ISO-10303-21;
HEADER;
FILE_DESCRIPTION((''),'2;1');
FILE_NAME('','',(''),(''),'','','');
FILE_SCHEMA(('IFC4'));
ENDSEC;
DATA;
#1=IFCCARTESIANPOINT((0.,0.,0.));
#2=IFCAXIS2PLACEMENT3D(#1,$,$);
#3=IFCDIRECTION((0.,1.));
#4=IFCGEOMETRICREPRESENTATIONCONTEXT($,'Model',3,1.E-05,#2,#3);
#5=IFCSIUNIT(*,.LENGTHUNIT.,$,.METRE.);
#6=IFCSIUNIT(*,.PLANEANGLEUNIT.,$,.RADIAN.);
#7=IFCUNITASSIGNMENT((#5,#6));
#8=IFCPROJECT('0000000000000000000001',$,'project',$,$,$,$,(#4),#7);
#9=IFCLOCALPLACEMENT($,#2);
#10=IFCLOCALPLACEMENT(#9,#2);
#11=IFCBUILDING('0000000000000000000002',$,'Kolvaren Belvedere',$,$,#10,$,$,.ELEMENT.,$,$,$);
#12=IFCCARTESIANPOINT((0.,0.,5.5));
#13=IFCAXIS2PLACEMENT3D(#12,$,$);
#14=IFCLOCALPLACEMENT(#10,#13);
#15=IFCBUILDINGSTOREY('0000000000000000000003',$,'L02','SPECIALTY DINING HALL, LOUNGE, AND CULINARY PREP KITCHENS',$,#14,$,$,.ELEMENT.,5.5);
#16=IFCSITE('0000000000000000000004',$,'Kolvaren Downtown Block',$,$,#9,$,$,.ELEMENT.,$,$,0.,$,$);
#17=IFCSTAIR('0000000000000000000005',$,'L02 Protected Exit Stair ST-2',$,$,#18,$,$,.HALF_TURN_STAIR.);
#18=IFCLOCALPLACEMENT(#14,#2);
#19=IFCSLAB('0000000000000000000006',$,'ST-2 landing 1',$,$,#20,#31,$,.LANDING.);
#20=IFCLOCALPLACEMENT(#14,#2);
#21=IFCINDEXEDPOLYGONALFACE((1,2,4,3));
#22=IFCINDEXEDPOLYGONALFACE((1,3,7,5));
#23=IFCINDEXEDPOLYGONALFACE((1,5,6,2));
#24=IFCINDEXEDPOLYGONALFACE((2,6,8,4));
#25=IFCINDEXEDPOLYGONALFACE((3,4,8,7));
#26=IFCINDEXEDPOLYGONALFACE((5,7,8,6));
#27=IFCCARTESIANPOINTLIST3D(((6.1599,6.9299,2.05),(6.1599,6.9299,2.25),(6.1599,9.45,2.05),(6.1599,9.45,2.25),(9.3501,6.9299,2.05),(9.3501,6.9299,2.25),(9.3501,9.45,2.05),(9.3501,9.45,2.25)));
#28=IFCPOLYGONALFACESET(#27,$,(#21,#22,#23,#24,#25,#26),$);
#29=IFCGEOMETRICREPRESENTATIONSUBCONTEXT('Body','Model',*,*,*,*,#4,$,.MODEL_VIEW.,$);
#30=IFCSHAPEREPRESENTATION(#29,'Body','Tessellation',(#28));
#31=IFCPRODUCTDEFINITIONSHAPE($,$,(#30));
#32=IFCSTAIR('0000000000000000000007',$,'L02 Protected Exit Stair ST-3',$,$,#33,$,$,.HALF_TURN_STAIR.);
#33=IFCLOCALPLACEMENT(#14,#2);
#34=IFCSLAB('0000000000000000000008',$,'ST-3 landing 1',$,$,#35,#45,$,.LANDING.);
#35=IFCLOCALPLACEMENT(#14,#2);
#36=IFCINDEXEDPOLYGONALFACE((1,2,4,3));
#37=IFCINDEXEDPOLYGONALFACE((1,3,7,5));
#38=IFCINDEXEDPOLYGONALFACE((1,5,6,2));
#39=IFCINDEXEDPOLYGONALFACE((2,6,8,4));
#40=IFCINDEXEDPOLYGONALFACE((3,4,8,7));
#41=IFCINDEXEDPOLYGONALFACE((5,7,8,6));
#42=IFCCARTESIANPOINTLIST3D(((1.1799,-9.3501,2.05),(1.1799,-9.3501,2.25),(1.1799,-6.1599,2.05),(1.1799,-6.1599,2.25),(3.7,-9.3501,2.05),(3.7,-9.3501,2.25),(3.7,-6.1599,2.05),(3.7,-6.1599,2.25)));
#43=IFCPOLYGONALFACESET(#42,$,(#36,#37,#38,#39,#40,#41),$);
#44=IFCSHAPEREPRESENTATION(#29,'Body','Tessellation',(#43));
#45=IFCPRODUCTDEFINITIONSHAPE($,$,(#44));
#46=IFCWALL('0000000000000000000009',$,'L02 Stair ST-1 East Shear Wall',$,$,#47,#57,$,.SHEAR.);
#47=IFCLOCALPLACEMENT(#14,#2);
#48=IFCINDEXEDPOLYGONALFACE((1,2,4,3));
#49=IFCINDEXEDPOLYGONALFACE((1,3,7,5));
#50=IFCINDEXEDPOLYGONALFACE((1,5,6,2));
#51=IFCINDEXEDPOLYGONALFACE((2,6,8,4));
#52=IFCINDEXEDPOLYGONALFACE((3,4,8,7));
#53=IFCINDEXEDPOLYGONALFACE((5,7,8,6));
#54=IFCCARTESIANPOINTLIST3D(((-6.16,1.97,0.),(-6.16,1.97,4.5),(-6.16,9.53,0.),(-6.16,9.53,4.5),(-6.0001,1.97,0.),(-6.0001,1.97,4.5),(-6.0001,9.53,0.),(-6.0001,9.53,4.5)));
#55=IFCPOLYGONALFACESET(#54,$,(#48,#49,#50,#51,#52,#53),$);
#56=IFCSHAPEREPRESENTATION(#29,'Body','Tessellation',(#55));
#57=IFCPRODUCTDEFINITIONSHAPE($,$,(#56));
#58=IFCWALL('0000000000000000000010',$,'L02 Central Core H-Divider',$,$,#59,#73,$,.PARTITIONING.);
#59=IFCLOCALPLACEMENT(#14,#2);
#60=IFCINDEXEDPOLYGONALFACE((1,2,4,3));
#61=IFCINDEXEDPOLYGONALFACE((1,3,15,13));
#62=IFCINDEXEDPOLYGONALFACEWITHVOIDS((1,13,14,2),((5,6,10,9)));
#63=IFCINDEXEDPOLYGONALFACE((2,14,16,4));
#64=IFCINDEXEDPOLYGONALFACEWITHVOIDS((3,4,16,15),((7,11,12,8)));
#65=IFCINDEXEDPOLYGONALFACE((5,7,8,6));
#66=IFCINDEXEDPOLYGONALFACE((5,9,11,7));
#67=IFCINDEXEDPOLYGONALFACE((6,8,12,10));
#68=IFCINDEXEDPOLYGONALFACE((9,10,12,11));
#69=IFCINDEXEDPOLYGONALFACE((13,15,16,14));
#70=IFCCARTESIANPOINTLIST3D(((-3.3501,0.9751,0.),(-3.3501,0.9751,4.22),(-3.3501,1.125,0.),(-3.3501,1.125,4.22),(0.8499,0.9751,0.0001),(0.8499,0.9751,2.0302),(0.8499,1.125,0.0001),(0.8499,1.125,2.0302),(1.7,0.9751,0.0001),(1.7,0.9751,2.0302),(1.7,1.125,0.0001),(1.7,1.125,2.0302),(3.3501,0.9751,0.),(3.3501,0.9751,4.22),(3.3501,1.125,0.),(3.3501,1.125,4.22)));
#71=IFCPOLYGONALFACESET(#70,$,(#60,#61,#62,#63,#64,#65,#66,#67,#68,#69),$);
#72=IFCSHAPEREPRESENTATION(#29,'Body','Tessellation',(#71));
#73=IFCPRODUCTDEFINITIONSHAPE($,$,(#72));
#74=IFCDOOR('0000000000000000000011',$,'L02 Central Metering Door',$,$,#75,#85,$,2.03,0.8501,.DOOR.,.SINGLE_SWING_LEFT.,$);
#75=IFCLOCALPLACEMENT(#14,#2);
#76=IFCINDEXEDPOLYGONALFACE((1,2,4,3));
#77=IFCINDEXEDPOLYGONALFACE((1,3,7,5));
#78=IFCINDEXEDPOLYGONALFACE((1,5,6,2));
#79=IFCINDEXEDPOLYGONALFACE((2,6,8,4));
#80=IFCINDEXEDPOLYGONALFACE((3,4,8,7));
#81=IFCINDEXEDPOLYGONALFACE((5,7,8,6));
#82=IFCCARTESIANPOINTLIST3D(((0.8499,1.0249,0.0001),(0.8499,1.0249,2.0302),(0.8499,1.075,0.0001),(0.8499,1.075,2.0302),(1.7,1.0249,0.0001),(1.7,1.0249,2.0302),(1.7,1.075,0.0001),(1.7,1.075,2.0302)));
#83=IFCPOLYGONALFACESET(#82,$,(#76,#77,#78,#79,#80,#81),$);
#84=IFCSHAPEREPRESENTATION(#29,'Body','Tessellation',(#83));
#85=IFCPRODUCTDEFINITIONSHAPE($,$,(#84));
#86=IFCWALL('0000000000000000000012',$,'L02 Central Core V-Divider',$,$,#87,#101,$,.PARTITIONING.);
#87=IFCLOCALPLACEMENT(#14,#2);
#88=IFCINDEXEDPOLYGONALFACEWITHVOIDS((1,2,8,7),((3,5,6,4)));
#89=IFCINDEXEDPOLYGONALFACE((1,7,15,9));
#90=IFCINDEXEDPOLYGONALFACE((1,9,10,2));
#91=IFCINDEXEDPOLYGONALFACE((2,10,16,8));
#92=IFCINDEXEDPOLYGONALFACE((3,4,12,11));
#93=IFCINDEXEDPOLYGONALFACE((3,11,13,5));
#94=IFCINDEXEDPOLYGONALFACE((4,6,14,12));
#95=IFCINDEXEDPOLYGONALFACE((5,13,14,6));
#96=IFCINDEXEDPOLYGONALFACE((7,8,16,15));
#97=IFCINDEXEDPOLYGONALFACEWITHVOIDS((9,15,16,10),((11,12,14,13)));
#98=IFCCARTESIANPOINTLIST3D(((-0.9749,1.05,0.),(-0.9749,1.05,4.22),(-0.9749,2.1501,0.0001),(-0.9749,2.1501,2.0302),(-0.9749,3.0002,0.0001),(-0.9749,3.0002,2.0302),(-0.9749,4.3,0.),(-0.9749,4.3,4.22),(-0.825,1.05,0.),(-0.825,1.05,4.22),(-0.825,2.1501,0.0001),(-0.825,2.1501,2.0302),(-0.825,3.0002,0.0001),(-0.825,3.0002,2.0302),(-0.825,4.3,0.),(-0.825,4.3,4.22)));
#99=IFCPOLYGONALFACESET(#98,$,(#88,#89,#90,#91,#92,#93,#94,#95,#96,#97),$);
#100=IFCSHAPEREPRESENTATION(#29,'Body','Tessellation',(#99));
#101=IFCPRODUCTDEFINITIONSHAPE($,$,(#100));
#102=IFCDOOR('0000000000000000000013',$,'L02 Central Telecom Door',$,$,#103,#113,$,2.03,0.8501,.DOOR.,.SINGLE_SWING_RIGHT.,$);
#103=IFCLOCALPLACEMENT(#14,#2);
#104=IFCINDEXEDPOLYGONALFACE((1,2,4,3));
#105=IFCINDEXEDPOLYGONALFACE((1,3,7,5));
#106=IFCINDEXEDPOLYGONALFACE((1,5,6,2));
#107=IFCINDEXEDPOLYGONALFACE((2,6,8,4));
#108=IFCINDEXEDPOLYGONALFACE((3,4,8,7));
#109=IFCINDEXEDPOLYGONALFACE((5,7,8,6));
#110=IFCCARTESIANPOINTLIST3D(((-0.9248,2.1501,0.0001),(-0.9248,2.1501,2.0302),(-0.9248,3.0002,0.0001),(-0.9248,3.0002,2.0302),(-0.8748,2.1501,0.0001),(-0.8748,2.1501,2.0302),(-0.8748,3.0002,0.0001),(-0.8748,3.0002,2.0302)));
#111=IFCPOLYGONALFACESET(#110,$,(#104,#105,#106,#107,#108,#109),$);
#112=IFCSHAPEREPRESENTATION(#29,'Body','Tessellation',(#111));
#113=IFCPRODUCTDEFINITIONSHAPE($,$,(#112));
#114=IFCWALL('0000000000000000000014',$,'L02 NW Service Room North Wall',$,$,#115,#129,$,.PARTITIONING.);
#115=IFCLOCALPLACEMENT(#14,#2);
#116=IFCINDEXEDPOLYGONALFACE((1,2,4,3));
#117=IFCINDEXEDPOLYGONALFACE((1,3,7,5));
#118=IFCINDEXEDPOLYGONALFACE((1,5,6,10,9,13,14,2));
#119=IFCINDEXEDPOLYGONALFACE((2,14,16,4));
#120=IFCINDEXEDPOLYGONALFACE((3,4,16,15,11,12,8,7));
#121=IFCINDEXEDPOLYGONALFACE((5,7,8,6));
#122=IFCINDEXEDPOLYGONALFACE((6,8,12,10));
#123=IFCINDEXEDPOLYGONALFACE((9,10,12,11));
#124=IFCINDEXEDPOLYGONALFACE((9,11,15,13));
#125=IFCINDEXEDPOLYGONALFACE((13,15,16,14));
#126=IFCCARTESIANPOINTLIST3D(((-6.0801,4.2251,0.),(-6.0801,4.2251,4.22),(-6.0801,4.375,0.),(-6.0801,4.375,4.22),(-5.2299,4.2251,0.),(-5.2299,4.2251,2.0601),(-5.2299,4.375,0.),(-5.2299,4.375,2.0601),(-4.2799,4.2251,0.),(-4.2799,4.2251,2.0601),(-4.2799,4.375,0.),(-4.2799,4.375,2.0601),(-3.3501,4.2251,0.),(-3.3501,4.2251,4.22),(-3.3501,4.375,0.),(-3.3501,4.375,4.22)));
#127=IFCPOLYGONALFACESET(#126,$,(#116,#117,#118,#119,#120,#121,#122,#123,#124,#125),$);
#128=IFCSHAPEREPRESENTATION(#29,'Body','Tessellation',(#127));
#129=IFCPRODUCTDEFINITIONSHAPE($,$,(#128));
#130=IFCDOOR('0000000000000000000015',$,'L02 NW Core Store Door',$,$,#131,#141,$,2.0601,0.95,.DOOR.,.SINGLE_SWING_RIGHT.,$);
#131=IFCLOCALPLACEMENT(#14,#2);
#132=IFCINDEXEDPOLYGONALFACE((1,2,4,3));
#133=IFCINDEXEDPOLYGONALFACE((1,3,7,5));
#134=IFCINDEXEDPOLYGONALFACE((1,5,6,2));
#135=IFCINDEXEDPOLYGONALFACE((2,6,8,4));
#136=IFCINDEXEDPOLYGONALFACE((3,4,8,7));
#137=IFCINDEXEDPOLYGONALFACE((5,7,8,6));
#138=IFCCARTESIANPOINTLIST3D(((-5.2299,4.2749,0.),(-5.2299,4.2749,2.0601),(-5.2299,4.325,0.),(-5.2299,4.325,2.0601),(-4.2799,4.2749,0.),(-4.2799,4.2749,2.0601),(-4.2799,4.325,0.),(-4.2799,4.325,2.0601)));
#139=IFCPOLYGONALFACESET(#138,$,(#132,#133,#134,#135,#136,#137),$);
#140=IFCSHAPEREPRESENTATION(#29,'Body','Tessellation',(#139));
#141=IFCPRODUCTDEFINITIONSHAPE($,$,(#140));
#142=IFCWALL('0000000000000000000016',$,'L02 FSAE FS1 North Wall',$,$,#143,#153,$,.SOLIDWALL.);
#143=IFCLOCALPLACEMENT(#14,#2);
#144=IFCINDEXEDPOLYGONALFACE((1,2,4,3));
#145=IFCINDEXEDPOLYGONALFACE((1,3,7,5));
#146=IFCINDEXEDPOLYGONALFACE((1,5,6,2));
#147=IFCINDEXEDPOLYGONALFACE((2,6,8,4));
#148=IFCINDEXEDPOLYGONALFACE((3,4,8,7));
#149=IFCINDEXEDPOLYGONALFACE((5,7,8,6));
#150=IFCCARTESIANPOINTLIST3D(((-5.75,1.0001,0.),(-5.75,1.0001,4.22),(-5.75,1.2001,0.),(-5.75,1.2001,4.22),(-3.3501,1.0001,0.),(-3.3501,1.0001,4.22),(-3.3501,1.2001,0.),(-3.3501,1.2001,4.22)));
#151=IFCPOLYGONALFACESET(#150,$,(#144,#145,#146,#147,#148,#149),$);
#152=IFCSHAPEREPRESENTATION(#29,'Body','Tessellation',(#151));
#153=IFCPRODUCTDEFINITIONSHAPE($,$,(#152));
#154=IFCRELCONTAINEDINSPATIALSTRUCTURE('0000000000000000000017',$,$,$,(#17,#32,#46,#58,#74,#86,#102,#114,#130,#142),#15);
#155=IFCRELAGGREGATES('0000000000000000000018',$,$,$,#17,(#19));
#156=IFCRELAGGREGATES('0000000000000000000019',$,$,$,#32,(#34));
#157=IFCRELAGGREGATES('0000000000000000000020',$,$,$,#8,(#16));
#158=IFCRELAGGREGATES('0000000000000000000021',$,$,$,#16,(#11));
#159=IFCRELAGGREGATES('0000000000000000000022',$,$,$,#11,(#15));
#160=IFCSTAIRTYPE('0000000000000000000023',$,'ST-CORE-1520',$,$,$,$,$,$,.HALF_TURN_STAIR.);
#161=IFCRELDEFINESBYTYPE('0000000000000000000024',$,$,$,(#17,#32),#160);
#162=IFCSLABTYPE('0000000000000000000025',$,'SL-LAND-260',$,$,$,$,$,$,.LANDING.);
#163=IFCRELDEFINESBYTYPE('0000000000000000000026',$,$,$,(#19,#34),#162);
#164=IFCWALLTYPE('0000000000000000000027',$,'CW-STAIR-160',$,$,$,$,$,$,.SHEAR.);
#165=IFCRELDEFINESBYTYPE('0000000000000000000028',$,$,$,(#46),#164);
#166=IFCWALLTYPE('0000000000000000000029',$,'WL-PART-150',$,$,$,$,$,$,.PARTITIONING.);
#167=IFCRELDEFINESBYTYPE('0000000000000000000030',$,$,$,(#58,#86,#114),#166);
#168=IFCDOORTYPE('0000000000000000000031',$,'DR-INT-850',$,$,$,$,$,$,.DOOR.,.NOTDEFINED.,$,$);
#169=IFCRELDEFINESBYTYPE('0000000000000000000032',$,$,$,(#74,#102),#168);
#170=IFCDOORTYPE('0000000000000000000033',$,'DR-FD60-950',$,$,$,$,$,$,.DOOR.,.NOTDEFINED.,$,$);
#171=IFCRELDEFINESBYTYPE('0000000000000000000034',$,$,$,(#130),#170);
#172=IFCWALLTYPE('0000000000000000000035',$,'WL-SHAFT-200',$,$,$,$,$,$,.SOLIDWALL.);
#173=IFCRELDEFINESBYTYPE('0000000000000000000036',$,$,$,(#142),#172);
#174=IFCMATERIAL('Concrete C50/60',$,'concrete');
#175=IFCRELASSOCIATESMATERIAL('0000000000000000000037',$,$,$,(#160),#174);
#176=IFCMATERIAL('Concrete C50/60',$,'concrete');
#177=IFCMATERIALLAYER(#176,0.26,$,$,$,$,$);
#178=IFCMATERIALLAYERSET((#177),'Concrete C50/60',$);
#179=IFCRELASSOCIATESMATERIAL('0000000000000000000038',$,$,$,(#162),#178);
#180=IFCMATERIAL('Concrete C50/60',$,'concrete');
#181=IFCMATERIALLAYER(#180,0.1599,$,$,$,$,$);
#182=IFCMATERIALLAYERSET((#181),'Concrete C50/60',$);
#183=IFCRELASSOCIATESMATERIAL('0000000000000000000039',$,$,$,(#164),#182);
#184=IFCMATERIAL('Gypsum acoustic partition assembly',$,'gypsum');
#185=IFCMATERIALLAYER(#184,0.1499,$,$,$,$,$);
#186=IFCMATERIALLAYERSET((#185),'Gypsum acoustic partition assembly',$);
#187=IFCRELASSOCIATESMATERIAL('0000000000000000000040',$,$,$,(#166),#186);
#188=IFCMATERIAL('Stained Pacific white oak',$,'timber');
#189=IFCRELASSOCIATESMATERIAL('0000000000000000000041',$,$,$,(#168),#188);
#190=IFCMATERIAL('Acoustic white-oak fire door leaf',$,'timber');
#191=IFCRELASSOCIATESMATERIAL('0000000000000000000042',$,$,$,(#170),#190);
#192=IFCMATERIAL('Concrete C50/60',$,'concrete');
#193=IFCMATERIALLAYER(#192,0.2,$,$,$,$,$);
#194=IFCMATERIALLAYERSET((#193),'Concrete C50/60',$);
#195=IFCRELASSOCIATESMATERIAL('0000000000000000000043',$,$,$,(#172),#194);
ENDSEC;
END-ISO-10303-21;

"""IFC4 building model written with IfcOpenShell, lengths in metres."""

from ifc_helpers import new_model, si_unit, direction, frame, frame_2d, origin, place, context, subcontext, project, spatial, polyline, rectangle, outline, extrude, material, layer, layer_set, type_object, element, fill, aggregate, save


model = new_model("IFC4")

# Units and contexts
model_context = context("Model", 3, precision=1e-05, world=origin(), true_north=direction((0.0, 1.0)))
body_context = subcontext(model_context, "Body", "Model", "MODEL_VIEW")
ifc_project = project(units=[si_unit("LENGTHUNIT", "METRE"), si_unit("PLANEANGLEUNIT", "RADIAN")], contexts=[model_context])

# Site, building, storey
site_placement = place(None, origin())
site = spatial("IfcSite", under=ifc_project, at=site_placement, Name="Kolvaren Downtown Block", CompositionType="ELEMENT", RefElevation=0.0)
building_placement = place(site_placement, origin())
building = spatial("IfcBuilding", under=site, at=building_placement, Name="Kolvaren Belvedere", CompositionType="ELEMENT")
storey_placement = place(building_placement, frame((0.0, 0.0, 5.5)))
storey = spatial("IfcBuildingStorey", under=building, at=storey_placement, Name="L02", Description="SPECIALTY DINING HALL, LOUNGE, AND CULINARY PREP KITCHENS", CompositionType="ELEMENT", Elevation=5.5)

# Stairs, slabs
ifc_material_1 = material(Name="Concrete C50/60", Category="concrete")
stair_type = type_object("IfcStairType", Name="ST-CORE-1520", PredefinedType="HALF_TURN_STAIR", material=ifc_material_1)
stair_1_placement = place(storey_placement, origin())
stair_1 = element("IfcStair", 1, at=stair_1_placement, inside=storey, type_object=stair_type, Name="L02 Protected Exit Stair ST-2", PredefinedType="HALF_TURN_STAIR")
ifc_material_2 = material(Name="Concrete C50/60", Category="concrete")
ifc_layer_1 = layer(ifc_material_2, 0.26)
ifc_layer_set_1 = layer_set([ifc_layer_1], Name="Concrete C50/60")
slab_type = type_object("IfcSlabType", Name="SL-LAND-260", PredefinedType="LANDING", material=ifc_layer_set_1)
slab_1_placement = place(storey_placement, frame((0.0, 0.0, 2.05)))
slab_1 = element("IfcSlab", 2, at=slab_1_placement, type_object=slab_type, Name="ST-2 landing 1", PredefinedType="LANDING", context=body_context, shape_type="SweptSolid", body=[
    extrude(outline(polyline([(9.3501, 6.9299), (9.3501, 9.45), (6.1599, 9.45), (6.1599, 6.9299), (9.3501, 6.9299)])), origin(), (0.0, 0.0, 1.0), 0.2),
])
aggregate(stair_1, [slab_1])
stair_2_placement = place(storey_placement, origin())
stair_2 = element("IfcStair", 3, at=stair_2_placement, inside=storey, type_object=stair_type, Name="L02 Protected Exit Stair ST-3", PredefinedType="HALF_TURN_STAIR")
slab_2_placement = place(storey_placement, frame((0.0, 0.0, 2.05)))
slab_2 = element("IfcSlab", 4, at=slab_2_placement, type_object=slab_type, Name="ST-3 landing 1", PredefinedType="LANDING", context=body_context, shape_type="SweptSolid", body=[
    extrude(outline(polyline([(1.1799, -9.3501), (3.7, -9.3501), (3.7, -6.1599), (1.1799, -6.1599), (1.1799, -9.3501)])), origin(), (0.0, 0.0, 1.0), 0.2),
])
aggregate(stair_2, [slab_2])

# Wall
ifc_material_3 = material(Name="Concrete C50/60", Category="concrete")
ifc_layer_2 = layer(ifc_material_3, 0.1599)
ifc_layer_set_2 = layer_set([ifc_layer_2], Name="Concrete C50/60")
wall_type_1 = type_object("IfcWallType", Name="CW-STAIR-160", PredefinedType="SHEAR", material=ifc_layer_set_2)
wall_1_placement = place(storey_placement, frame((-6.0801, 1.97, 0.0), z_axis=(0.0, 0.0, 1.0), x_axis=(0.0, 1.0, 0.0)))
element("IfcWall", 5, at=wall_1_placement, inside=storey, type_object=wall_type_1, Name="L02 Stair ST-1 East Shear Wall", PredefinedType="SHEAR", context=body_context, shape_type="SweptSolid", body=[
    extrude(rectangle(XDim=7.5601, YDim=0.1599, at=frame_2d((3.78, 0.0))), origin(), (0.0, 0.0, 1.0), 4.5),
])

# Walls, openings, doors
ifc_material_4 = material(Name="Gypsum acoustic partition assembly", Category="gypsum")
ifc_layer_3 = layer(ifc_material_4, 0.1499)
ifc_layer_set_3 = layer_set([ifc_layer_3], Name="Gypsum acoustic partition assembly")
wall_type_2 = type_object("IfcWallType", Name="WL-PART-150", PredefinedType="PARTITIONING", material=ifc_layer_set_3)
wall_2_placement = place(storey_placement, frame((-3.3501, 1.05, 0.0), z_axis=(0.0, 0.0, 1.0), x_axis=(1.0, 0.0, 0.0)))
wall_2 = element("IfcWall", 6, at=wall_2_placement, inside=storey, type_object=wall_type_2, Name="L02 Central Core H-Divider", PredefinedType="PARTITIONING", context=body_context, shape_type="SweptSolid", body=[
    extrude(rectangle(XDim=6.7002, YDim=0.1499, at=frame_2d((3.3501, 0.0))), origin(), (0.0, 0.0, 1.0), 4.22),
])
opening_1_placement = place(wall_2_placement, frame((4.2, 0.0, 0.0)))
opening_1 = element("IfcOpeningElement", 7, at=opening_1_placement, cuts=wall_2, PredefinedType="OPENING", context=body_context, shape_type="SweptSolid", body=[
    extrude(rectangle(XDim=0.8501, YDim=2.03, at=frame_2d((0.425, 1.0151))), frame((0.0, 0.085, 0.0), z_axis=(0.0, -1.0, 0.0), x_axis=(1.0, 0.0, 0.0)), (0.0, 0.0, 1.0), 0.1699),
])
ifc_material_5 = material(Name="Stained Pacific white oak", Category="timber")
door_type_1 = type_object("IfcDoorType", Name="DR-INT-850", OperationType="NOTDEFINED", PredefinedType="DOOR", material=ifc_material_5)
door_1_placement = place(opening_1_placement, origin())
door_1 = element("IfcDoor", 8, at=door_1_placement, inside=storey, type_object=door_type_1, Name="L02 Central Metering Door", OperationType="SINGLE_SWING_LEFT", OverallHeight=2.03, OverallWidth=0.8501, PredefinedType="DOOR", context=body_context, shape_type="SweptSolid", body=[
    extrude(rectangle(XDim=0.8501, YDim=2.03, at=frame_2d((0.425, 1.0151))), frame((0.0, 0.0249, 0.0), z_axis=(0.0, -1.0, 0.0), x_axis=(1.0, 0.0, 0.0)), (0.0, 0.0, 1.0), 0.05),
])
fill(opening_1, door_1)
wall_3_placement = place(storey_placement, frame((-0.8999, 1.05, 0.0), z_axis=(0.0, 0.0, 1.0), x_axis=(0.0, 1.0, 0.0)))
wall_3 = element("IfcWall", 9, at=wall_3_placement, inside=storey, type_object=wall_type_2, Name="L02 Central Core V-Divider", PredefinedType="PARTITIONING", context=body_context, shape_type="SweptSolid", body=[
    extrude(rectangle(XDim=3.25, YDim=0.1499, at=frame_2d((1.625, 0.0))), origin(), (0.0, 0.0, 1.0), 4.22),
])
opening_2_placement = place(wall_3_placement, frame((1.1001, 0.0, 0.0)))
opening_2 = element("IfcOpeningElement", 10, at=opening_2_placement, cuts=wall_3, PredefinedType="OPENING", context=body_context, shape_type="SweptSolid", body=[
    extrude(rectangle(XDim=0.8501, YDim=2.03, at=frame_2d((0.425, 1.0151))), frame((0.0, 0.085, 0.0), z_axis=(0.0, -1.0, 0.0), x_axis=(1.0, 0.0, 0.0)), (0.0, 0.0, 1.0), 0.1699),
])
door_2_placement = place(opening_2_placement, origin())
door_2 = element("IfcDoor", 11, at=door_2_placement, inside=storey, type_object=door_type_1, Name="L02 Central Telecom Door", OperationType="SINGLE_SWING_RIGHT", OverallHeight=2.03, OverallWidth=0.8501, PredefinedType="DOOR", context=body_context, shape_type="SweptSolid", body=[
    extrude(rectangle(XDim=0.8501, YDim=2.03, at=frame_2d((0.425, 1.0151))), frame((0.0, 0.0249, 0.0), z_axis=(0.0, -1.0, 0.0), x_axis=(1.0, 0.0, 0.0)), (0.0, 0.0, 1.0), 0.05),
])
fill(opening_2, door_2)
wall_4_placement = place(storey_placement, frame((-6.0801, 4.3, 0.0), z_axis=(0.0, 0.0, 1.0), x_axis=(1.0, 0.0, 0.0)))
wall_4 = element("IfcWall", 12, at=wall_4_placement, inside=storey, type_object=wall_type_2, Name="L02 NW Service Room North Wall", PredefinedType="PARTITIONING", context=body_context, shape_type="SweptSolid", body=[
    extrude(rectangle(XDim=2.73, YDim=0.1499, at=frame_2d((1.365, 0.0))), origin(), (0.0, 0.0, 1.0), 4.22),
])
opening_3_placement = place(wall_4_placement, frame((0.8501, 0.0, 0.0)))
opening_3 = element("IfcOpeningElement", 13, at=opening_3_placement, cuts=wall_4, PredefinedType="OPENING", context=body_context, shape_type="SweptSolid", body=[
    extrude(rectangle(XDim=0.95, YDim=2.0601, at=frame_2d((0.4751, 1.03))), frame((0.0, 0.085, 0.0), z_axis=(0.0, -1.0, 0.0), x_axis=(1.0, 0.0, 0.0)), (0.0, 0.0, 1.0), 0.1699),
])
ifc_material_6 = material(Name="Acoustic white-oak fire door leaf", Category="timber")
door_type_2 = type_object("IfcDoorType", Name="DR-FD60-950", OperationType="NOTDEFINED", PredefinedType="DOOR", material=ifc_material_6)
door_3_placement = place(opening_3_placement, origin())
door_3 = element("IfcDoor", 14, at=door_3_placement, inside=storey, type_object=door_type_2, Name="L02 NW Core Store Door", OperationType="SINGLE_SWING_RIGHT", OverallHeight=2.0601, OverallWidth=0.95, PredefinedType="DOOR", context=body_context, shape_type="SweptSolid", body=[
    extrude(rectangle(XDim=0.95, YDim=2.0601, at=frame_2d((0.4751, 1.03))), frame((0.0, 0.0249, 0.0), z_axis=(0.0, -1.0, 0.0), x_axis=(1.0, 0.0, 0.0)), (0.0, 0.0, 1.0), 0.05),
])
fill(opening_3, door_3)

# Wall
ifc_material_7 = material(Name="Concrete C50/60", Category="concrete")
ifc_layer_4 = layer(ifc_material_7, 0.2)
ifc_layer_set_4 = layer_set([ifc_layer_4], Name="Concrete C50/60")
wall_type_3 = type_object("IfcWallType", Name="WL-SHAFT-200", PredefinedType="SOLIDWALL", material=ifc_layer_set_4)
wall_5_placement = place(storey_placement, frame((-5.75, 1.1001, 0.0), z_axis=(0.0, 0.0, 1.0), x_axis=(1.0, 0.0, 0.0)))
element("IfcWall", 15, at=wall_5_placement, inside=storey, type_object=wall_type_3, Name="L02 FSAE FS1 North Wall", PredefinedType="SOLIDWALL", context=body_context, shape_type="SweptSolid", body=[
    extrude(rectangle(XDim=2.3999, YDim=0.2, at=frame_2d((1.2, 0.0))), origin(), (0.0, 0.0, 1.0), 4.22),
])

save(model, "model.ifc")
